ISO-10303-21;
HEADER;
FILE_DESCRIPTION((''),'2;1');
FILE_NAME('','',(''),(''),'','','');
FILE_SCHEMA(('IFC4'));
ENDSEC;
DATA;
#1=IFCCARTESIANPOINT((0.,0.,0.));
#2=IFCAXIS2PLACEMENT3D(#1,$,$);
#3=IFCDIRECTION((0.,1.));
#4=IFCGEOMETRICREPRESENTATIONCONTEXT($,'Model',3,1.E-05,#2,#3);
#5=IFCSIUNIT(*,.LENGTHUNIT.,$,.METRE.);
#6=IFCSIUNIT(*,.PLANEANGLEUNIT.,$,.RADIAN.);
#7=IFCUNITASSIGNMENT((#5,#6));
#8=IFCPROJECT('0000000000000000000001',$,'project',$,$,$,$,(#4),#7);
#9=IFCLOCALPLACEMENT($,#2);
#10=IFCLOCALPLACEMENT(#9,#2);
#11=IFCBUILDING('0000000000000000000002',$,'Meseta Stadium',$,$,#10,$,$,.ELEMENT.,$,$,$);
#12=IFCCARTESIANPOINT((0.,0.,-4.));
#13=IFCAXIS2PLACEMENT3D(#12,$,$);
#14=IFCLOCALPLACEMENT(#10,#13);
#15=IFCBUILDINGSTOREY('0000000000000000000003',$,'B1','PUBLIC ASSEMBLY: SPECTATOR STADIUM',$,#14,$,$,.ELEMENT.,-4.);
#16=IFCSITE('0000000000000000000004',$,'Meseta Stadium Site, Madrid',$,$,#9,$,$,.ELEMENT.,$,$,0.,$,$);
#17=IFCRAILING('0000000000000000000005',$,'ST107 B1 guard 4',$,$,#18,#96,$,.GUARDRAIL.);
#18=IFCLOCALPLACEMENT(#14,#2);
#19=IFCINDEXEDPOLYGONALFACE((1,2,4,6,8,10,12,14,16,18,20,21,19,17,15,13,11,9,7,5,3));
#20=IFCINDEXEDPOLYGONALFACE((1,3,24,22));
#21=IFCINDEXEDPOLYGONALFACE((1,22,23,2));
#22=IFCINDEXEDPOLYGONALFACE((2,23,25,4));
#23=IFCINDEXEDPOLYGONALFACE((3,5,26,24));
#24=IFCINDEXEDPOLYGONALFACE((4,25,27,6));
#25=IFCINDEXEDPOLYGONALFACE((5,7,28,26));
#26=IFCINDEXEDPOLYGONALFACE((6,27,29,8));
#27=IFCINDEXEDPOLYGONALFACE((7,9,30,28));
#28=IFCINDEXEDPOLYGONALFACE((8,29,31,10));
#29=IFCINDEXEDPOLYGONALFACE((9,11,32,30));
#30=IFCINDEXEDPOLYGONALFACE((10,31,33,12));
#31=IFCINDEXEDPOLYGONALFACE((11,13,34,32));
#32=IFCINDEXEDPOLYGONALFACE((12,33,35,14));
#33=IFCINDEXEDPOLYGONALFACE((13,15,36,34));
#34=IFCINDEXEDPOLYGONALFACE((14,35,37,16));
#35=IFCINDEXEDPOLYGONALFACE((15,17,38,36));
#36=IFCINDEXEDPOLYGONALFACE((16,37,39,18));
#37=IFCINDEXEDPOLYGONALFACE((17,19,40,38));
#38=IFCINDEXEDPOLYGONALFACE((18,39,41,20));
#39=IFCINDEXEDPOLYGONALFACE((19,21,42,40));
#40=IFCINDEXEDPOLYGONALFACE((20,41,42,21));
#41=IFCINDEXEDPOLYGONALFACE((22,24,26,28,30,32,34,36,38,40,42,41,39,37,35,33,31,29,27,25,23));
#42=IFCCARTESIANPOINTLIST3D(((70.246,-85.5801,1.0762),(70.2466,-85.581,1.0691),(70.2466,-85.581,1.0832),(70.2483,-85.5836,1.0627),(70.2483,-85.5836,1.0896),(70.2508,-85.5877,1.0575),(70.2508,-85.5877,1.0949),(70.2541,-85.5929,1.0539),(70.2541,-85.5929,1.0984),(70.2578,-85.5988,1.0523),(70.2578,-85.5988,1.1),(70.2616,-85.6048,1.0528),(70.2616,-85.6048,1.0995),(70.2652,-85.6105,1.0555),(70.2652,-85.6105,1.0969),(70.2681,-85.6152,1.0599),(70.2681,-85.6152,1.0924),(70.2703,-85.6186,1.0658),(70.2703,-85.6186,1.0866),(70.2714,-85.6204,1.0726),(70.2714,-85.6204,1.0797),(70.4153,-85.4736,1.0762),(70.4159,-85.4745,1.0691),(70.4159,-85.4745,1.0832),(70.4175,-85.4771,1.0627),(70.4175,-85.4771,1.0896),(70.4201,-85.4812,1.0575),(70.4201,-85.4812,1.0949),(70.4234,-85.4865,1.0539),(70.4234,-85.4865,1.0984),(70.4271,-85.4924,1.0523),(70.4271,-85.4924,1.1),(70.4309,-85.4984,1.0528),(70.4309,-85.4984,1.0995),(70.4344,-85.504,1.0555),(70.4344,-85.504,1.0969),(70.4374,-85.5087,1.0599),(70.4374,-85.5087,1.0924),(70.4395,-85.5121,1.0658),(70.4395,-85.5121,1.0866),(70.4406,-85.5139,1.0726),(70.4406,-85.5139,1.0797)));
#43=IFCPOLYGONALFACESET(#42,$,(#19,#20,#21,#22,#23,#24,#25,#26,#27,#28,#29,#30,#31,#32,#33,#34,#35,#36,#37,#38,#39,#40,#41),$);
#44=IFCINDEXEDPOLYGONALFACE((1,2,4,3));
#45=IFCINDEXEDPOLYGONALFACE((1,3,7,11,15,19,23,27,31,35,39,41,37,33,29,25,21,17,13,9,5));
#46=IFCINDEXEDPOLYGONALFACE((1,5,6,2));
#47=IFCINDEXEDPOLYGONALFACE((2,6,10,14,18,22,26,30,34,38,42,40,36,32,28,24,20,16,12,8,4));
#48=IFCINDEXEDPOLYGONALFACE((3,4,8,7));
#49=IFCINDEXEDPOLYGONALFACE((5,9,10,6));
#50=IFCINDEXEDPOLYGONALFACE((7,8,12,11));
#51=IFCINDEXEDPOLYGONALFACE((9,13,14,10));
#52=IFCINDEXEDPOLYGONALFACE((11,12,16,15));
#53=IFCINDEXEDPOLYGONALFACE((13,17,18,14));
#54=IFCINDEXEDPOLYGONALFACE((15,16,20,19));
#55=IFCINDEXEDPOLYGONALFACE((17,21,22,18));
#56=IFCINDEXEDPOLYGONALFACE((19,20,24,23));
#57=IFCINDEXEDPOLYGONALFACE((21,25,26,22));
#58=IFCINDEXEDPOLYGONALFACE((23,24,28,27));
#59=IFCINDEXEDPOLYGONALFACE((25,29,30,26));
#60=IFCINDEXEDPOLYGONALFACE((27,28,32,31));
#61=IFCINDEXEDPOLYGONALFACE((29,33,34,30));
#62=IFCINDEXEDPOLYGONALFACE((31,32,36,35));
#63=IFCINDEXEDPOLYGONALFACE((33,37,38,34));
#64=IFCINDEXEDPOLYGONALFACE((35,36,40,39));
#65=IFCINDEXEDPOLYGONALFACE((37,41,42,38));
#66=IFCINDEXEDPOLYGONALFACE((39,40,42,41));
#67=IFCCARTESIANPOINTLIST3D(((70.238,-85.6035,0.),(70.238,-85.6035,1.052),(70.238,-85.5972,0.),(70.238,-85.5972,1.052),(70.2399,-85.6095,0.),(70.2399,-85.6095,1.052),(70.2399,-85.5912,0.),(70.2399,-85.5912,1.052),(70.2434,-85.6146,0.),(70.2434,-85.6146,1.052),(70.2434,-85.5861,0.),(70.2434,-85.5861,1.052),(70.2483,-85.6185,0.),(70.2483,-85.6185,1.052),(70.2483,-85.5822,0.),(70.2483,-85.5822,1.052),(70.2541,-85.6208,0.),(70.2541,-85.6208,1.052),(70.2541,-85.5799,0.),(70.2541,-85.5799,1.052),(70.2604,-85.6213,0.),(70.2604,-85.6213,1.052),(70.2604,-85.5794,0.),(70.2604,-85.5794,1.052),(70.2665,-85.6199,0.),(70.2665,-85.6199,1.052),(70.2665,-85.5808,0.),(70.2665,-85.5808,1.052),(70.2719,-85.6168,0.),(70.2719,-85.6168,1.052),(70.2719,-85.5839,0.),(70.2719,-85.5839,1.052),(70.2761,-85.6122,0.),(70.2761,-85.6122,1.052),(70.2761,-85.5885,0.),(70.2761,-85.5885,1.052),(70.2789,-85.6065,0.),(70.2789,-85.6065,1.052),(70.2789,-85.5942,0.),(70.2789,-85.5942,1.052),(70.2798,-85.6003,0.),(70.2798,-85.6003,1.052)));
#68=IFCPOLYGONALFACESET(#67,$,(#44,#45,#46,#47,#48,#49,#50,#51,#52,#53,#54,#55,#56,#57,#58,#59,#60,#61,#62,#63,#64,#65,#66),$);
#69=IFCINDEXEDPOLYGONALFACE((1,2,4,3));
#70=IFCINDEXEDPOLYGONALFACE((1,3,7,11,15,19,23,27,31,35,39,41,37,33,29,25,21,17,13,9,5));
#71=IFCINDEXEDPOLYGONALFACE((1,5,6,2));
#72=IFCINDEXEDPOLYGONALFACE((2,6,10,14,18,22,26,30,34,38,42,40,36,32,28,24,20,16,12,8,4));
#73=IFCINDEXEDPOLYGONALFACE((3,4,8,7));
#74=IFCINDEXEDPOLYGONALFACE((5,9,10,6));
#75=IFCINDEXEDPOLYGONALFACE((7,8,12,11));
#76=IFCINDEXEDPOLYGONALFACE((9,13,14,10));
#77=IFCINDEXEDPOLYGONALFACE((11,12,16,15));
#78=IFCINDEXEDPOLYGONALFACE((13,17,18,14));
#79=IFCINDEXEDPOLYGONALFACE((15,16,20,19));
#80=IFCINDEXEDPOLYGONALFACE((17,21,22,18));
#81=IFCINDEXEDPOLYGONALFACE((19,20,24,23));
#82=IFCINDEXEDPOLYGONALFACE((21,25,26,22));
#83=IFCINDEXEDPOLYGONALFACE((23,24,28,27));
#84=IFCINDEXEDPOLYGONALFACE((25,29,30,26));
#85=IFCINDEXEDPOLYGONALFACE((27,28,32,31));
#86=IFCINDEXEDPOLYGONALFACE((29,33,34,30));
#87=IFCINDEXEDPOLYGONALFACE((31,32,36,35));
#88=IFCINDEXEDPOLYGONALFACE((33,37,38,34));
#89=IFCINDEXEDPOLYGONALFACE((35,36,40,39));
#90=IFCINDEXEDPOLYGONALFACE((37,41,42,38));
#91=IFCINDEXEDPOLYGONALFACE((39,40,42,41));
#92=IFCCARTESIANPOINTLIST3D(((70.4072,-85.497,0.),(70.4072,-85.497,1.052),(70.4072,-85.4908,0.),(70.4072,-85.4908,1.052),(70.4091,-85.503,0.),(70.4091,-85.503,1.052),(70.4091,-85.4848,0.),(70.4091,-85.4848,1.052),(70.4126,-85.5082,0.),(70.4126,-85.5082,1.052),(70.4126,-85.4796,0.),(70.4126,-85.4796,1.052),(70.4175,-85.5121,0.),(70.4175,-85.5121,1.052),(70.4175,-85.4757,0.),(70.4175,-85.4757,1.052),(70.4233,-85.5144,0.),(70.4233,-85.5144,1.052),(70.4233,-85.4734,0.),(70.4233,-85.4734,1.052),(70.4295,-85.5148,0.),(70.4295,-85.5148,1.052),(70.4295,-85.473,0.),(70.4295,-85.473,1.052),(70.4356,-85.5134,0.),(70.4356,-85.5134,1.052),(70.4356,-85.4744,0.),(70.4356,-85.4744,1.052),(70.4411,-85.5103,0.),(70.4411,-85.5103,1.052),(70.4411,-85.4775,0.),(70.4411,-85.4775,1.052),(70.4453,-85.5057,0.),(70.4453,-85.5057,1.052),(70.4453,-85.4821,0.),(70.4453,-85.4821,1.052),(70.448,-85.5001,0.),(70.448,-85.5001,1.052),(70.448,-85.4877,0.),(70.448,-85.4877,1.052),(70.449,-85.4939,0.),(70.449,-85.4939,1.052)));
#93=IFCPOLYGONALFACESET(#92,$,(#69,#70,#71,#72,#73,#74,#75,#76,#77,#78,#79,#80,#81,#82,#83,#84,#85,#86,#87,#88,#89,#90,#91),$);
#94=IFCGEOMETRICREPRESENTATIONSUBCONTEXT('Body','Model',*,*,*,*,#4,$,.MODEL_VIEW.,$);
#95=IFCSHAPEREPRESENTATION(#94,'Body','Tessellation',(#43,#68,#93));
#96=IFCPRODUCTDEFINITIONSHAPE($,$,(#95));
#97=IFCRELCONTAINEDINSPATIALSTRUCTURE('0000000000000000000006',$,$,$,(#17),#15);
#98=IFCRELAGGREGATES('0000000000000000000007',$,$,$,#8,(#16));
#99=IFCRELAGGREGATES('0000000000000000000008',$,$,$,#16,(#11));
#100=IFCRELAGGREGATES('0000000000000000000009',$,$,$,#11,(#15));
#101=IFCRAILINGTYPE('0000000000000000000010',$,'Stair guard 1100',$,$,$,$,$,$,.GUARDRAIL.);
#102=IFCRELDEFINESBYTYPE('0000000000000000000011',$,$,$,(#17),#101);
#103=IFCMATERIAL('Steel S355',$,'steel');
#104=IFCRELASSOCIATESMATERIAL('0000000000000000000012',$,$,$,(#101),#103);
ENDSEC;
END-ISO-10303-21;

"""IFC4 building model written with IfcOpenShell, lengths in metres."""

from ifc_helpers import new_model, si_unit, direction, frame, origin, origin_2d, place, context, subcontext, project, spatial, circle, extrude, material, type_object, element, save


model = new_model("IFC4")

# Units and contexts
model_context = context("Model", 3, precision=1e-05, world=origin(), true_north=direction((0.0, 1.0)))
body_context = subcontext(model_context, "Body", "Model", "MODEL_VIEW")
ifc_project = project(units=[si_unit("LENGTHUNIT", "METRE"), si_unit("PLANEANGLEUNIT", "RADIAN")], contexts=[model_context])

# Site, building, storey
site_placement = place(None, origin())
site = spatial("IfcSite", under=ifc_project, at=site_placement, Name="Meseta Stadium Site, Madrid", CompositionType="ELEMENT", RefElevation=0.0)
building_placement = place(site_placement, origin())
building = spatial("IfcBuilding", under=site, at=building_placement, Name="Meseta Stadium", CompositionType="ELEMENT")
storey_placement = place(building_placement, frame((0.0, 0.0, -4.0)))
storey = spatial("IfcBuildingStorey", under=building, at=storey_placement, Name="B1", Description="PUBLIC ASSEMBLY: SPECTATOR STADIUM", CompositionType="ELEMENT", Elevation=-4.0)

# Railing
ifc_material_1 = material(Name="Steel S355", Category="steel")
railing_type_1 = type_object("IfcRailingType", Name="Stair guard 1100", PredefinedType="GUARDRAIL", material=ifc_material_1)
railing_1_placement = place(storey_placement, frame((70.2588, -85.6003, 0.0)))
element("IfcRailing", 1, at=railing_1_placement, inside=storey, type_object=railing_type_1, Name="ST107 B1 guard 4", PredefinedType="GUARDRAIL", context=body_context, shape_type="SweptSolid", body=[
    extrude(circle(Radius=0.0239, at=origin_2d()), frame((0.0, 0.0, 1.0762), z_axis=(0.846416, 0.532522, 0.0), x_axis=(-0.532522, 0.846416, 0.0)), (0.0, 0.0, 1.0), 0.2),
    extrude(circle(Radius=0.021, at=origin_2d()), origin(), (0.0, 0.0, 1.0), 1.052),
    extrude(circle(Radius=0.021, at=origin_2d()), frame((0.1692, 0.1064, 0.0)), (0.0, 0.0, 1.0), 1.052),
])

save(model, "model.ifc")
